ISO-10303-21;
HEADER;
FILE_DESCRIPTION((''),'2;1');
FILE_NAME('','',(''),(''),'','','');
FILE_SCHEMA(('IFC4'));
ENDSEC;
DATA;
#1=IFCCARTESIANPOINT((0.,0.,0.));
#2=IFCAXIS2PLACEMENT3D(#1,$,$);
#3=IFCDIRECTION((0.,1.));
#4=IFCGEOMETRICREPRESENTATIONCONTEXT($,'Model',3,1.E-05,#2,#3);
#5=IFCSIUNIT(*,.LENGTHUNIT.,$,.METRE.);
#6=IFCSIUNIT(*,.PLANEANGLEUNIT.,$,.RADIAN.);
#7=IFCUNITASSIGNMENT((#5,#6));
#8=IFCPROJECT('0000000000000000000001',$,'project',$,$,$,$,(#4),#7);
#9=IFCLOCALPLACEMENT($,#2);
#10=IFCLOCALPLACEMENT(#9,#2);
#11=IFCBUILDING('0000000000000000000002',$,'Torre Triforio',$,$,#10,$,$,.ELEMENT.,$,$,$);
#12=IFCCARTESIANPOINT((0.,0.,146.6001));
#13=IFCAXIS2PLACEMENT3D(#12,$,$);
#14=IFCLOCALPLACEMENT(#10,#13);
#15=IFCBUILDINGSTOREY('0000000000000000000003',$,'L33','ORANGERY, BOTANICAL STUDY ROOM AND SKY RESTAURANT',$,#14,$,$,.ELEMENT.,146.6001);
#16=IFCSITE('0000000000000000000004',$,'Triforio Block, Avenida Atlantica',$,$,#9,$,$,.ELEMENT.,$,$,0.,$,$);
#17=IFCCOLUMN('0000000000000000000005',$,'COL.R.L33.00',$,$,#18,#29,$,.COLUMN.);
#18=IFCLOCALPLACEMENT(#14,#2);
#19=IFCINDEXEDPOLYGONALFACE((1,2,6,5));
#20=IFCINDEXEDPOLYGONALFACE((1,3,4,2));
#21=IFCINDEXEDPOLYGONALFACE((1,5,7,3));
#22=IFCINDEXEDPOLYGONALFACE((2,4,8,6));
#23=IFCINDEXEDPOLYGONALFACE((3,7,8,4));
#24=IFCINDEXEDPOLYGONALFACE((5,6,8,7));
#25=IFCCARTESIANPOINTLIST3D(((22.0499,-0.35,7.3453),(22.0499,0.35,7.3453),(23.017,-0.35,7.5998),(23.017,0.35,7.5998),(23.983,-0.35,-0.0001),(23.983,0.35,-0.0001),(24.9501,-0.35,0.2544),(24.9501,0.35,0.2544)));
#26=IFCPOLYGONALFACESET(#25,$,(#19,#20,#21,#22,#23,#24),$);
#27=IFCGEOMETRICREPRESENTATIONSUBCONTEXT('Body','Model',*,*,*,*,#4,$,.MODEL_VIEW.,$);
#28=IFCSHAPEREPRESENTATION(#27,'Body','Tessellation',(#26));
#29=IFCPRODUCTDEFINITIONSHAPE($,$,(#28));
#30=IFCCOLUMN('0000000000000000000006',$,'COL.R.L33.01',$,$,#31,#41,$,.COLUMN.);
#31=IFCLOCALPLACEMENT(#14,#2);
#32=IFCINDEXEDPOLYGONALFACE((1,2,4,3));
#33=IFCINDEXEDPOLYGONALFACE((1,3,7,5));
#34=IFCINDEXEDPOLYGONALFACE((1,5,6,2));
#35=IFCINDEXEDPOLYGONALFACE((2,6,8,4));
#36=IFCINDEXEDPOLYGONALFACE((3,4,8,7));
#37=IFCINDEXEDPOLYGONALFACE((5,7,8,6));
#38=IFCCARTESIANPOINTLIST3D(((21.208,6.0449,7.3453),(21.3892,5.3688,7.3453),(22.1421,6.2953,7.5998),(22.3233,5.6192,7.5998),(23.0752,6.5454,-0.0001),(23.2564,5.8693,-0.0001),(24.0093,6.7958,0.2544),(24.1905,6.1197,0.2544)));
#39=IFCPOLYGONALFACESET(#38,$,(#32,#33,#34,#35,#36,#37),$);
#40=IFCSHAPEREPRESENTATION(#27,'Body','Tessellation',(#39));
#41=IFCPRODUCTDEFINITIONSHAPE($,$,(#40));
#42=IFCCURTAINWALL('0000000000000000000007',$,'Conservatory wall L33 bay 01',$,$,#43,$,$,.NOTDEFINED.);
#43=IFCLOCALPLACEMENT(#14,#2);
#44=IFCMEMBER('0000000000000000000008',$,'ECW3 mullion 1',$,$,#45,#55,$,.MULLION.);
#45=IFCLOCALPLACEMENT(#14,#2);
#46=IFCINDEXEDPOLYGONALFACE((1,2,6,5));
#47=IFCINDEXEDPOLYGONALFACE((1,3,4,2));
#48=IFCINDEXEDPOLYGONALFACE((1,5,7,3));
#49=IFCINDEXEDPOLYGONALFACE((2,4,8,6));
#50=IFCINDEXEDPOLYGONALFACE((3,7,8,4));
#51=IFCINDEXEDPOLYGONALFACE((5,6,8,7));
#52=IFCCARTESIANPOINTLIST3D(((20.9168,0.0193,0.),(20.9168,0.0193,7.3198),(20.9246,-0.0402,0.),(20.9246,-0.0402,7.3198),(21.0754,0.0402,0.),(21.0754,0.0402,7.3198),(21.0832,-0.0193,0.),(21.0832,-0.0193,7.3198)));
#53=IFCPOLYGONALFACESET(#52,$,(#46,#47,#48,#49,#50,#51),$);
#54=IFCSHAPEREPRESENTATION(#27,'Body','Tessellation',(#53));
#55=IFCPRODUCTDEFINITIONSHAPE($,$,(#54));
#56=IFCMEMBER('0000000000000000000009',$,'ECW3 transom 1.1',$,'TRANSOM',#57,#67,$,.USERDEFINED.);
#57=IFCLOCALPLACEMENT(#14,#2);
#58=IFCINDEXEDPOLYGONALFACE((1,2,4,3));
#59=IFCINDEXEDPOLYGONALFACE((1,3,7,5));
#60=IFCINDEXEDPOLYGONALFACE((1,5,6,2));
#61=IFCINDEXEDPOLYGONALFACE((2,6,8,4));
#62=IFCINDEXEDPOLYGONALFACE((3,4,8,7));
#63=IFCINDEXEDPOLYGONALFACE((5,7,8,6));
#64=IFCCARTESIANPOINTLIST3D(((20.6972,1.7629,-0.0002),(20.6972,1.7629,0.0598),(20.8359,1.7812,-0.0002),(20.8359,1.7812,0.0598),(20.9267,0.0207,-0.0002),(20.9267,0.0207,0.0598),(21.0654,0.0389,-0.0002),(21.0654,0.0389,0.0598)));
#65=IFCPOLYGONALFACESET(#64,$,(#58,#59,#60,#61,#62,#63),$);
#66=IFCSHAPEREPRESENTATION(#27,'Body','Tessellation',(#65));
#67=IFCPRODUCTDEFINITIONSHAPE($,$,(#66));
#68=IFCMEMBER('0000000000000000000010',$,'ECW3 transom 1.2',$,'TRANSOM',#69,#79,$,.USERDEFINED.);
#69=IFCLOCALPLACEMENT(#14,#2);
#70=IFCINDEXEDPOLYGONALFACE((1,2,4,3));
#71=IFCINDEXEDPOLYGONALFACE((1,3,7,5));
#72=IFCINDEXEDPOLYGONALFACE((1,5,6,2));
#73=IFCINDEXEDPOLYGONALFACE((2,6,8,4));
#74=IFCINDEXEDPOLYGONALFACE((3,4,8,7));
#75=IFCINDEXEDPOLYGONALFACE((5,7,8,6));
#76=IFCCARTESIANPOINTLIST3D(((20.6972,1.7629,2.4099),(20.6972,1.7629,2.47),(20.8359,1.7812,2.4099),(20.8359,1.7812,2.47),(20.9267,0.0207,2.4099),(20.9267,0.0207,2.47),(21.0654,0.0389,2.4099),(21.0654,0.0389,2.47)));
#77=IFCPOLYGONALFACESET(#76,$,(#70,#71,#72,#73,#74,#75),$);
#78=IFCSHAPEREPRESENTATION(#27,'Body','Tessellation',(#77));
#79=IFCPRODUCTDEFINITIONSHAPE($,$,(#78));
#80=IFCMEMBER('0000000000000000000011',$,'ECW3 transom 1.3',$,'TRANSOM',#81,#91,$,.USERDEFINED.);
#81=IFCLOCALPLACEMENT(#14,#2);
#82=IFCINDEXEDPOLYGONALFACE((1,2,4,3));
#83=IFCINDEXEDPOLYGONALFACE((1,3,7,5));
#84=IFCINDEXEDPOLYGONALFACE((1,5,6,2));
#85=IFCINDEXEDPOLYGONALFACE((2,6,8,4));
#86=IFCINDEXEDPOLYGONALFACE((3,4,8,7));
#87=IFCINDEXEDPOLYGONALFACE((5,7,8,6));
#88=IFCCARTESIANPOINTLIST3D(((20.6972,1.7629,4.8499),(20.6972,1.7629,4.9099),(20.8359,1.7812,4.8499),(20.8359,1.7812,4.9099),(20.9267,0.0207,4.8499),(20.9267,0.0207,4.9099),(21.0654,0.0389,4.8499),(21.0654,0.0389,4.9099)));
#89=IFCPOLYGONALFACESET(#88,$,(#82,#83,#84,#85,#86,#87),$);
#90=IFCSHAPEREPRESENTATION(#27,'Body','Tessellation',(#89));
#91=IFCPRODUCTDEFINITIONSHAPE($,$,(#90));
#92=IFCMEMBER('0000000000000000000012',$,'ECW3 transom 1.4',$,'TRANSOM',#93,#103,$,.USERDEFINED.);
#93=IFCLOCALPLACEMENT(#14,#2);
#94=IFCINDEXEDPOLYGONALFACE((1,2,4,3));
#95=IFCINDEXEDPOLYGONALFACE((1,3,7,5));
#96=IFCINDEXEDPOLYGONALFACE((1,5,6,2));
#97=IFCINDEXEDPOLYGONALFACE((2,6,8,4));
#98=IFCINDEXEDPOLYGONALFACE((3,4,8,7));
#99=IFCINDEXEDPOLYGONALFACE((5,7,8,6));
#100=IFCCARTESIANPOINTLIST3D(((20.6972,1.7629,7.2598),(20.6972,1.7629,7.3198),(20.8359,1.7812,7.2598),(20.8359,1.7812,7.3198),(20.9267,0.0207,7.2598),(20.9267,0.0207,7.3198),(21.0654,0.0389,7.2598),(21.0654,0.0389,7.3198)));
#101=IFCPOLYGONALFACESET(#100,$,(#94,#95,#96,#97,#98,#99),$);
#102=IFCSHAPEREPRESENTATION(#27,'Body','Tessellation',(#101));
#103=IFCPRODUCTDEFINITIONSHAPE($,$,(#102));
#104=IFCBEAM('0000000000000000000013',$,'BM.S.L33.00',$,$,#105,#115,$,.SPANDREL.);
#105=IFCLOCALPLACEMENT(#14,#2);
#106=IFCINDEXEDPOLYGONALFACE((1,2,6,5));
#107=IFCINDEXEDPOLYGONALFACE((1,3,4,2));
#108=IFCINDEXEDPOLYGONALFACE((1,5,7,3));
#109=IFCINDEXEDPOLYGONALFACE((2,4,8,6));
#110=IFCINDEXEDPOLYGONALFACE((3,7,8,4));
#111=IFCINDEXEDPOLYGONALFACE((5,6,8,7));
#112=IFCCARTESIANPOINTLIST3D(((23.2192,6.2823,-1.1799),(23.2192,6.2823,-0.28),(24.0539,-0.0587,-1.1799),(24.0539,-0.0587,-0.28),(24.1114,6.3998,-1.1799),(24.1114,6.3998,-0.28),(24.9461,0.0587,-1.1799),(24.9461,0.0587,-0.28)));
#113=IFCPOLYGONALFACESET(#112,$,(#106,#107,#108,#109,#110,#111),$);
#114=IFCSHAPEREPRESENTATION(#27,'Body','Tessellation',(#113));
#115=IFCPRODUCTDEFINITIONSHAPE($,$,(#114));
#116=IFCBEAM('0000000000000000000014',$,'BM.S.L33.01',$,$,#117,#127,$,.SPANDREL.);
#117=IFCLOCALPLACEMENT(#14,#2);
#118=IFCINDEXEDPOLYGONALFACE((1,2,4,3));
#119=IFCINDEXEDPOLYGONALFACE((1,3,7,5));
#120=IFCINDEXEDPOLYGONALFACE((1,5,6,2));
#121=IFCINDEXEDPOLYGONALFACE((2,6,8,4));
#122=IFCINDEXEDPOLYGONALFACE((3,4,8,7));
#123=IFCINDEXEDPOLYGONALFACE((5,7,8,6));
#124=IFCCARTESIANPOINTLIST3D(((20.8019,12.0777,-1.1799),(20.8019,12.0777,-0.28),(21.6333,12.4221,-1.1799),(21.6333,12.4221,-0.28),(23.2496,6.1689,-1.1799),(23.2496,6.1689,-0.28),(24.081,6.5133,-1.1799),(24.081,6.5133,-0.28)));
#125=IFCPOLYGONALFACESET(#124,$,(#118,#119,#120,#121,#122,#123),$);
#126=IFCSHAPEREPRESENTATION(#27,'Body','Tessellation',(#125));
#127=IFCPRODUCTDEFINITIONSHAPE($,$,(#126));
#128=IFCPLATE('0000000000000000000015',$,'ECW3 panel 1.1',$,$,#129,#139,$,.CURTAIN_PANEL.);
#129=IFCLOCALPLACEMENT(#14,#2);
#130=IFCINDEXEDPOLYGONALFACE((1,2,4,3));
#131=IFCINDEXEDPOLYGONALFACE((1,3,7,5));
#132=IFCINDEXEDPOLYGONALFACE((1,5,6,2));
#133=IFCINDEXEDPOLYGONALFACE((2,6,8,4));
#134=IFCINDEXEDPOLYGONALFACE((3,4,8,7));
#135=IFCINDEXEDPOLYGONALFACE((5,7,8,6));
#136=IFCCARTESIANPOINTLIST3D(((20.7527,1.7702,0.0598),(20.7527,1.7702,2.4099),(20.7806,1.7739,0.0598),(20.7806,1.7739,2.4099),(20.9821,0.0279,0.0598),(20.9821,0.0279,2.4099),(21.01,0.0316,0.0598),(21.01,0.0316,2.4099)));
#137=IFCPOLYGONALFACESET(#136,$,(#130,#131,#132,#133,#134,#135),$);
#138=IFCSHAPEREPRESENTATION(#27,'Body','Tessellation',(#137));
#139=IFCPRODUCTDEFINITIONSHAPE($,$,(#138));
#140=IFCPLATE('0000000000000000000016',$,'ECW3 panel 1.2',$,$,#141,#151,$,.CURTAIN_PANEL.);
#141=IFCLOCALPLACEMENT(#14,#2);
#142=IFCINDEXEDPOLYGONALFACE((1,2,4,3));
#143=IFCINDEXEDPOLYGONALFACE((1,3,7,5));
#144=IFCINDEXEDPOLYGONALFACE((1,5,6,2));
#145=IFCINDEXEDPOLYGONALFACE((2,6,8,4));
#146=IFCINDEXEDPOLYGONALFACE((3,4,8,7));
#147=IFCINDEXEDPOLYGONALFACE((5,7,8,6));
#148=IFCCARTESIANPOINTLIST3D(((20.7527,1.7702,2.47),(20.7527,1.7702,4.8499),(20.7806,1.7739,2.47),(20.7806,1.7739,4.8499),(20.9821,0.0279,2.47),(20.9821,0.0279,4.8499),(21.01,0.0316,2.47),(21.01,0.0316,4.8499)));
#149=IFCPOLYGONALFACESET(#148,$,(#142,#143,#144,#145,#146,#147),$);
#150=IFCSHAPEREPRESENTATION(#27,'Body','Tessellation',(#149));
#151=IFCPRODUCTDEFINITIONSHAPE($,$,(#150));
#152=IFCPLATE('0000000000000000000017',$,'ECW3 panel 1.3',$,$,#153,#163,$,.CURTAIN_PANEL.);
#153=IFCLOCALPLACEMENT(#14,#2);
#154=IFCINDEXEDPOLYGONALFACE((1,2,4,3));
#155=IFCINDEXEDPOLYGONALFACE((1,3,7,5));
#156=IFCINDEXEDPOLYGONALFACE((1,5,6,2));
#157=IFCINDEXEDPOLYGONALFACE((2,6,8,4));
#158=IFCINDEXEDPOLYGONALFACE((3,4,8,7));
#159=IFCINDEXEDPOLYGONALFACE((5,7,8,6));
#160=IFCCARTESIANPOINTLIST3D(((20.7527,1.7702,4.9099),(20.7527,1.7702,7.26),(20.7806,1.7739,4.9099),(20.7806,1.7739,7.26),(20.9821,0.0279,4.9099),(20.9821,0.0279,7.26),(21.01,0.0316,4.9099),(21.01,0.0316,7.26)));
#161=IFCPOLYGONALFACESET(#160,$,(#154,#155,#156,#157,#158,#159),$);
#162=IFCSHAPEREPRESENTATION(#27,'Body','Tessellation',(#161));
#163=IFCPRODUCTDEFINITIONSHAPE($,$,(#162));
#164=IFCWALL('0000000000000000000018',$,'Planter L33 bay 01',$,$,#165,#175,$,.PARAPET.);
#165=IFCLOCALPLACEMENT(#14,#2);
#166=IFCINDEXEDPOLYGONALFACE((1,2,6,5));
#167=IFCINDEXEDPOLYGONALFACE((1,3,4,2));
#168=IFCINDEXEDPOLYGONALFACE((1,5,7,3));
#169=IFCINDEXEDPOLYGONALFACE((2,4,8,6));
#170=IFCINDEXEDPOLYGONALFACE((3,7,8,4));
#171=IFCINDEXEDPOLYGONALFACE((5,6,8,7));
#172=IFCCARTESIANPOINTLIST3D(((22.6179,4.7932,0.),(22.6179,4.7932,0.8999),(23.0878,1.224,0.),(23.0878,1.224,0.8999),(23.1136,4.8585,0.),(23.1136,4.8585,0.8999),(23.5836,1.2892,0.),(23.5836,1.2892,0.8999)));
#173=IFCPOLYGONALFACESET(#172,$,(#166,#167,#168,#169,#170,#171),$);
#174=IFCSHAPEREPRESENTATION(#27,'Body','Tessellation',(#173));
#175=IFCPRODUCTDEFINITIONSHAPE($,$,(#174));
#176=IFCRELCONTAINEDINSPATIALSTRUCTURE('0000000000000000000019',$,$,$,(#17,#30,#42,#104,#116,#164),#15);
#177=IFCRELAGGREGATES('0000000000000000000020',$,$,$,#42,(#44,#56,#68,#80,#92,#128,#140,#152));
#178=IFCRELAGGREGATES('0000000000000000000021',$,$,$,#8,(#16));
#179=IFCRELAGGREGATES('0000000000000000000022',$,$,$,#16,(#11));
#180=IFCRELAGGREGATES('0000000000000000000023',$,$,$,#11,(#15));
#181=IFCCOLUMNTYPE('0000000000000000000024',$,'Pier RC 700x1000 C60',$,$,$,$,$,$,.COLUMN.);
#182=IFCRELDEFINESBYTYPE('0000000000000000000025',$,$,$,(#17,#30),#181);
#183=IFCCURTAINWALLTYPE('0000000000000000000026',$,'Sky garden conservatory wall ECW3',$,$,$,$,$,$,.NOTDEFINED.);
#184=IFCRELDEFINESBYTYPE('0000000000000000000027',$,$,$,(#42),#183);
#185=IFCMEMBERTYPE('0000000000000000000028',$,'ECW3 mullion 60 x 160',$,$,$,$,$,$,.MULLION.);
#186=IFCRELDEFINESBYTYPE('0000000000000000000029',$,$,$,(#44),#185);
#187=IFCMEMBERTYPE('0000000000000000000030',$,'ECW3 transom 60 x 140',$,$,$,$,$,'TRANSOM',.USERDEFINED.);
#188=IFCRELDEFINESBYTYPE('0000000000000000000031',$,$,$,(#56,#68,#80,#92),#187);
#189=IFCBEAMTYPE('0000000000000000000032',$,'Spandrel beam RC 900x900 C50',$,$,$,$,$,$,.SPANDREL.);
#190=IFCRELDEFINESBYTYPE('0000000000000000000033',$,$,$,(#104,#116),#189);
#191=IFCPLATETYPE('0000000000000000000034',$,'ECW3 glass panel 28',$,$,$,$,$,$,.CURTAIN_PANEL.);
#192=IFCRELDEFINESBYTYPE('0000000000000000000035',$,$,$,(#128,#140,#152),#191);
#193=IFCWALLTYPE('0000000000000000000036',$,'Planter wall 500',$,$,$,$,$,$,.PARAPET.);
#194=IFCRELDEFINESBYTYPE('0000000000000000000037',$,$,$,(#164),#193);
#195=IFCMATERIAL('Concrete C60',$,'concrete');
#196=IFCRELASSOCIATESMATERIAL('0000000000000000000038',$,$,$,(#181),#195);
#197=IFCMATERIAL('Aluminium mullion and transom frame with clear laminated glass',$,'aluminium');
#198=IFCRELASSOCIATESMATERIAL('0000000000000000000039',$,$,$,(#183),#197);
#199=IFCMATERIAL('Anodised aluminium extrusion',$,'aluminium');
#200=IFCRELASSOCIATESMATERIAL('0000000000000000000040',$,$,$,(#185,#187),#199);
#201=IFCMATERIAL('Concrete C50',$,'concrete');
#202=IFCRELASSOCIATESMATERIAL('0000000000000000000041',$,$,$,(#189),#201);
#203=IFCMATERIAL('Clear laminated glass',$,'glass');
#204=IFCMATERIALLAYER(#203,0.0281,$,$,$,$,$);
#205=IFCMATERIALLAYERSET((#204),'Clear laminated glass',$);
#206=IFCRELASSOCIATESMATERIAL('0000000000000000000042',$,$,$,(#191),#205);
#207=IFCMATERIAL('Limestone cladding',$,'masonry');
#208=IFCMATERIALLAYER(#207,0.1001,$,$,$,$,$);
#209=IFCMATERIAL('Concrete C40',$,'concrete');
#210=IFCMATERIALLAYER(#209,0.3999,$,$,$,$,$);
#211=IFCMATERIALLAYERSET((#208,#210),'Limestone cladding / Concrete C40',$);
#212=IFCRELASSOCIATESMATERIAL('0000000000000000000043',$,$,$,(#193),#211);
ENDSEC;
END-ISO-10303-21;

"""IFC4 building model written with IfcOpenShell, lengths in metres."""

from ifc_helpers import new_model, si_unit, direction, frame, frame_2d, origin, origin_2d, place, context, subcontext, project, spatial, rectangle, extrude, material, layer, layer_set, material_profile, profile_set, type_object, element, aggregate, save


model = new_model("IFC4")

# Units and contexts
model_context = context("Model", 3, precision=1e-05, world=origin(), true_north=direction((0.0, 1.0)))
body_context = subcontext(model_context, "Body", "Model", "MODEL_VIEW")
ifc_project = project(units=[si_unit("LENGTHUNIT", "METRE"), si_unit("PLANEANGLEUNIT", "RADIAN")], contexts=[model_context])

# Site, building, storey
site_placement = place(None, origin())
site = spatial("IfcSite", under=ifc_project, at=site_placement, Name="Triforio Block, Avenida Atlantica", CompositionType="ELEMENT", RefElevation=0.0)
building_placement = place(site_placement, origin())
building = spatial("IfcBuilding", under=site, at=building_placement, Name="Torre Triforio", CompositionType="ELEMENT")
storey_placement = place(building_placement, frame((0.0, 0.0, 146.6001)))
storey = spatial("IfcBuildingStorey", under=building, at=storey_placement, Name="L33", Description="ORANGERY, BOTANICAL STUDY ROOM AND SKY RESTAURANT", CompositionType="ELEMENT", Elevation=146.6001)

# Columns
ifc_material_1 = material(Name="Concrete C60", Category="concrete")
ifc_material_profile_1 = material_profile(ifc_material_1, rectangle(XDim=0.7, YDim=1.0, at=origin_2d()), Name="RC 700x1000")
ifc_profile_set_1 = profile_set([ifc_material_profile_1], Name="Concrete C60")
column_type = type_object("IfcColumnType", Name="Pier RC 700x1000 C60", PredefinedType="COLUMN", material=ifc_profile_set_1)
for number, where, z_axis, x_axis, name in (
    (1, (24.4666, 0.0, 0.1272), (-0.254504, 0.0, 0.967072), (0.0, -1.0, 0.0), "COL.R.L33.00"),
    (2, (23.6328, 6.3325, 0.1272), (-0.245826, -0.065892, 0.967072), (0.258904, -0.965903, 0.0), "COL.R.L33.01"),
):
    element("IfcColumn", number, at=place(storey_placement, frame(where, z_axis=z_axis, x_axis=x_axis)), inside=storey, type_object=column_type, Name=name, PredefinedType="COLUMN", context=body_context, shape_type="SweptSolid", body=[
        extrude(rectangle(XDim=0.7, YDim=1.0, at=origin_2d()), origin(), (0.0, 0.0, 1.0), 7.5955),
    ])

# Curtain wall, members
ifc_material_2 = material(Name="Aluminium mullion and transom frame with clear laminated glass", Category="aluminium")
curtain_wall_type = type_object("IfcCurtainWallType", Name="Sky garden conservatory wall ECW3", PredefinedType="NOTDEFINED", material=ifc_material_2)
curtain_wall_placement = place(storey_placement, origin())
curtain_wall = element("IfcCurtainWall", 3, at=curtain_wall_placement, inside=storey, type_object=curtain_wall_type, Name="Conservatory wall L33 bay 01", PredefinedType="NOTDEFINED")
ifc_material_3 = material(Name="Anodised aluminium extrusion", Category="aluminium")
ifc_material_profile_2 = material_profile(ifc_material_3, rectangle(XDim=0.1599, YDim=0.0601, at=origin_2d()), Name="ECW3 MULLION 60x160")
ifc_profile_set_2 = profile_set([ifc_material_profile_2], Name="Anodised aluminium extrusion")
member_type_1 = type_object("IfcMemberType", Name="ECW3 mullion 60 x 160", PredefinedType="MULLION", material=ifc_profile_set_2)
member_1_placement = place(storey_placement, frame((21.0, 0.0, 0.0), z_axis=(0.0, 0.0, 1.0), x_axis=(-0.991444, -0.13053, 0.0)))
member_1 = element("IfcMember", 4, at=member_1_placement, type_object=member_type_1, Name="ECW3 mullion 1", PredefinedType="MULLION", context=body_context, shape_type="SweptSolid", body=[
    extrude(rectangle(XDim=0.1599, YDim=0.0601, at=origin_2d()), origin(), (0.0, 0.0, 1.0), 7.3198),
])
ifc_material_profile_3 = material_profile(ifc_material_3, rectangle(XDim=0.1399, YDim=0.0601, at=origin_2d()), Name="ECW3 TRANSOM 60x140")
ifc_profile_set_3 = profile_set([ifc_material_profile_3], Name="Anodised aluminium extrusion")
member_type_2 = type_object("IfcMemberType", Name="ECW3 transom 60 x 140", ElementType="TRANSOM", PredefinedType="USERDEFINED", material=ifc_profile_set_3)
member_2_placement = place(storey_placement, frame((20.9961, 0.0298, 0.0298), z_axis=(-0.130598, 0.991435, 0.0), x_axis=(-0.991435, -0.130598, 0.0)))
member_2 = element("IfcMember", 5, at=member_2_placement, type_object=member_type_2, Name="ECW3 transom 1.1", ObjectType="TRANSOM", PredefinedType="USERDEFINED", context=body_context, shape_type="SweptSolid", body=[
    extrude(rectangle(XDim=0.1399, YDim=0.0601, at=origin_2d()), origin(), (0.0, 0.0, 1.0), 1.7573),
])
member_3_placement = place(storey_placement, frame((20.9961, 0.0298, 2.4399), z_axis=(-0.130598, 0.991435, 0.0), x_axis=(-0.991435, -0.130598, 0.0)))
member_3 = element("IfcMember", 6, at=member_3_placement, type_object=member_type_2, Name="ECW3 transom 1.2", ObjectType="TRANSOM", PredefinedType="USERDEFINED", context=body_context, shape_type="SweptSolid", body=[
    extrude(rectangle(XDim=0.1399, YDim=0.0601, at=origin_2d()), origin(), (0.0, 0.0, 1.0), 1.7573),
])
member_4_placement = place(storey_placement, frame((20.9961, 0.0298, 4.8799), z_axis=(-0.130598, 0.991435, 0.0), x_axis=(-0.991435, -0.130598, 0.0)))
member_4 = element("IfcMember", 7, at=member_4_placement, type_object=member_type_2, Name="ECW3 transom 1.3", ObjectType="TRANSOM", PredefinedType="USERDEFINED", context=body_context, shape_type="SweptSolid", body=[
    extrude(rectangle(XDim=0.1399, YDim=0.0601, at=origin_2d()), origin(), (0.0, 0.0, 1.0), 1.7573),
])
member_5_placement = place(storey_placement, frame((20.9961, 0.0298, 7.2898), z_axis=(-0.130598, 0.991435, 0.0), x_axis=(-0.991435, -0.130598, 0.0)))
member_5 = element("IfcMember", 8, at=member_5_placement, type_object=member_type_2, Name="ECW3 transom 1.4", ObjectType="TRANSOM", PredefinedType="USERDEFINED", context=body_context, shape_type="SweptSolid", body=[
    extrude(rectangle(XDim=0.1399, YDim=0.0601, at=origin_2d()), origin(), (0.0, 0.0, 1.0), 1.7573),
])

# Beams
ifc_material_4 = material(Name="Concrete C50", Category="concrete")
ifc_material_profile_4 = material_profile(ifc_material_4, rectangle(XDim=0.8999, YDim=0.8999, at=origin_2d()), Name="RC 900x900")
ifc_profile_set_4 = profile_set([ifc_material_profile_4], Name="Concrete C50")
beam_type = type_object("IfcBeamType", Name="Spandrel beam RC 900x900 C50", PredefinedType="SPANDREL", material=ifc_profile_set_4)
for number, where, z_axis, x_axis, name in (
    (9, (24.5, 0.0, -0.73), (-0.130511, 0.991447, 0.0), (-0.991447, -0.130511, 0.0), "BM.S.L33.00"),
    (10, (23.6653, 6.3411, -0.73), (-0.382709, 0.923869, 0.0), (-0.923869, -0.382709, 0.0), "BM.S.L33.01"),
):
    element("IfcBeam", number, at=place(storey_placement, frame(where, z_axis=z_axis, x_axis=x_axis)), inside=storey, type_object=beam_type, Name=name, PredefinedType="SPANDREL", context=body_context, shape_type="SweptSolid", body=[
        extrude(rectangle(XDim=0.8999, YDim=0.8999, at=origin_2d()), origin(), (0.0, 0.0, 1.0), 6.3958),
    ])

# Plates
ifc_material_5 = material(Name="Clear laminated glass", Category="glass")
ifc_layer_1 = layer(ifc_material_5, 0.0281)
ifc_layer_set_1 = layer_set([ifc_layer_1], Name="Clear laminated glass")
plate_type = type_object("IfcPlateType", Name="ECW3 glass panel 28", PredefinedType="CURTAIN_PANEL", material=ifc_layer_set_1)
plate_1_placement = place(storey_placement, frame((20.8813, 0.9009, 0.0598), z_axis=(0.0, 0.0, 1.0), x_axis=(-0.13053, 0.991444, 0.0)))
plate_1 = element("IfcPlate", 11, at=plate_1_placement, type_object=plate_type, Name="ECW3 panel 1.1", PredefinedType="CURTAIN_PANEL", context=body_context, shape_type="SweptSolid", body=[
    extrude(rectangle(XDim=1.7573, YDim=0.0281, at=origin_2d()), origin(), (0.0, 0.0, 1.0), 2.3501),
])
plate_2_placement = place(storey_placement, frame((20.8813, 0.9009, 2.47), z_axis=(0.0, 0.0, 1.0), x_axis=(-0.13053, 0.991444, 0.0)))
plate_2 = element("IfcPlate", 12, at=plate_2_placement, type_object=plate_type, Name="ECW3 panel 1.2", PredefinedType="CURTAIN_PANEL", context=body_context, shape_type="SweptSolid", body=[
    extrude(rectangle(XDim=1.7573, YDim=0.0281, at=origin_2d()), origin(), (0.0, 0.0, 1.0), 2.3799),
])
plate_3_placement = place(storey_placement, frame((20.8813, 0.9009, 4.9099), z_axis=(0.0, 0.0, 1.0), x_axis=(-0.13053, 0.991444, 0.0)))
plate_3 = element("IfcPlate", 13, at=plate_3_placement, type_object=plate_type, Name="ECW3 panel 1.3", PredefinedType="CURTAIN_PANEL", context=body_context, shape_type="SweptSolid", body=[
    extrude(rectangle(XDim=1.7573, YDim=0.0281, at=origin_2d()), origin(), (0.0, 0.0, 1.0), 2.3501),
])
aggregate(curtain_wall, [member_1, member_2, member_3, member_4, member_5, plate_1, plate_2, plate_3])

# Wall
ifc_material_6 = material(Name="Limestone cladding", Category="masonry")
ifc_layer_2 = layer(ifc_material_6, 0.1001)
ifc_material_7 = material(Name="Concrete C40", Category="concrete")
ifc_layer_3 = layer(ifc_material_7, 0.3999)
ifc_layer_set_2 = layer_set([ifc_layer_2, ifc_layer_3], Name="Limestone cladding / Concrete C40")
wall_type = type_object("IfcWallType", Name="Planter wall 500", PredefinedType="PARAPET", material=ifc_layer_set_2)
wall_placement = place(storey_placement, frame((23.3357, 1.2566, 0.0), z_axis=(0.0, 0.0, 1.0), x_axis=(-0.130542, 0.991443, 0.0)))
element("IfcWall", 14, at=wall_placement, inside=storey, type_object=wall_type, Name="Planter L33 bay 01", PredefinedType="PARAPET", context=body_context, shape_type="SweptSolid", body=[
    extrude(rectangle(XDim=3.6001, YDim=0.5, at=frame_2d((1.8, 0.0))), origin(), (0.0, 0.0, 1.0), 0.8999),
])

save(model, "model.ifc")
